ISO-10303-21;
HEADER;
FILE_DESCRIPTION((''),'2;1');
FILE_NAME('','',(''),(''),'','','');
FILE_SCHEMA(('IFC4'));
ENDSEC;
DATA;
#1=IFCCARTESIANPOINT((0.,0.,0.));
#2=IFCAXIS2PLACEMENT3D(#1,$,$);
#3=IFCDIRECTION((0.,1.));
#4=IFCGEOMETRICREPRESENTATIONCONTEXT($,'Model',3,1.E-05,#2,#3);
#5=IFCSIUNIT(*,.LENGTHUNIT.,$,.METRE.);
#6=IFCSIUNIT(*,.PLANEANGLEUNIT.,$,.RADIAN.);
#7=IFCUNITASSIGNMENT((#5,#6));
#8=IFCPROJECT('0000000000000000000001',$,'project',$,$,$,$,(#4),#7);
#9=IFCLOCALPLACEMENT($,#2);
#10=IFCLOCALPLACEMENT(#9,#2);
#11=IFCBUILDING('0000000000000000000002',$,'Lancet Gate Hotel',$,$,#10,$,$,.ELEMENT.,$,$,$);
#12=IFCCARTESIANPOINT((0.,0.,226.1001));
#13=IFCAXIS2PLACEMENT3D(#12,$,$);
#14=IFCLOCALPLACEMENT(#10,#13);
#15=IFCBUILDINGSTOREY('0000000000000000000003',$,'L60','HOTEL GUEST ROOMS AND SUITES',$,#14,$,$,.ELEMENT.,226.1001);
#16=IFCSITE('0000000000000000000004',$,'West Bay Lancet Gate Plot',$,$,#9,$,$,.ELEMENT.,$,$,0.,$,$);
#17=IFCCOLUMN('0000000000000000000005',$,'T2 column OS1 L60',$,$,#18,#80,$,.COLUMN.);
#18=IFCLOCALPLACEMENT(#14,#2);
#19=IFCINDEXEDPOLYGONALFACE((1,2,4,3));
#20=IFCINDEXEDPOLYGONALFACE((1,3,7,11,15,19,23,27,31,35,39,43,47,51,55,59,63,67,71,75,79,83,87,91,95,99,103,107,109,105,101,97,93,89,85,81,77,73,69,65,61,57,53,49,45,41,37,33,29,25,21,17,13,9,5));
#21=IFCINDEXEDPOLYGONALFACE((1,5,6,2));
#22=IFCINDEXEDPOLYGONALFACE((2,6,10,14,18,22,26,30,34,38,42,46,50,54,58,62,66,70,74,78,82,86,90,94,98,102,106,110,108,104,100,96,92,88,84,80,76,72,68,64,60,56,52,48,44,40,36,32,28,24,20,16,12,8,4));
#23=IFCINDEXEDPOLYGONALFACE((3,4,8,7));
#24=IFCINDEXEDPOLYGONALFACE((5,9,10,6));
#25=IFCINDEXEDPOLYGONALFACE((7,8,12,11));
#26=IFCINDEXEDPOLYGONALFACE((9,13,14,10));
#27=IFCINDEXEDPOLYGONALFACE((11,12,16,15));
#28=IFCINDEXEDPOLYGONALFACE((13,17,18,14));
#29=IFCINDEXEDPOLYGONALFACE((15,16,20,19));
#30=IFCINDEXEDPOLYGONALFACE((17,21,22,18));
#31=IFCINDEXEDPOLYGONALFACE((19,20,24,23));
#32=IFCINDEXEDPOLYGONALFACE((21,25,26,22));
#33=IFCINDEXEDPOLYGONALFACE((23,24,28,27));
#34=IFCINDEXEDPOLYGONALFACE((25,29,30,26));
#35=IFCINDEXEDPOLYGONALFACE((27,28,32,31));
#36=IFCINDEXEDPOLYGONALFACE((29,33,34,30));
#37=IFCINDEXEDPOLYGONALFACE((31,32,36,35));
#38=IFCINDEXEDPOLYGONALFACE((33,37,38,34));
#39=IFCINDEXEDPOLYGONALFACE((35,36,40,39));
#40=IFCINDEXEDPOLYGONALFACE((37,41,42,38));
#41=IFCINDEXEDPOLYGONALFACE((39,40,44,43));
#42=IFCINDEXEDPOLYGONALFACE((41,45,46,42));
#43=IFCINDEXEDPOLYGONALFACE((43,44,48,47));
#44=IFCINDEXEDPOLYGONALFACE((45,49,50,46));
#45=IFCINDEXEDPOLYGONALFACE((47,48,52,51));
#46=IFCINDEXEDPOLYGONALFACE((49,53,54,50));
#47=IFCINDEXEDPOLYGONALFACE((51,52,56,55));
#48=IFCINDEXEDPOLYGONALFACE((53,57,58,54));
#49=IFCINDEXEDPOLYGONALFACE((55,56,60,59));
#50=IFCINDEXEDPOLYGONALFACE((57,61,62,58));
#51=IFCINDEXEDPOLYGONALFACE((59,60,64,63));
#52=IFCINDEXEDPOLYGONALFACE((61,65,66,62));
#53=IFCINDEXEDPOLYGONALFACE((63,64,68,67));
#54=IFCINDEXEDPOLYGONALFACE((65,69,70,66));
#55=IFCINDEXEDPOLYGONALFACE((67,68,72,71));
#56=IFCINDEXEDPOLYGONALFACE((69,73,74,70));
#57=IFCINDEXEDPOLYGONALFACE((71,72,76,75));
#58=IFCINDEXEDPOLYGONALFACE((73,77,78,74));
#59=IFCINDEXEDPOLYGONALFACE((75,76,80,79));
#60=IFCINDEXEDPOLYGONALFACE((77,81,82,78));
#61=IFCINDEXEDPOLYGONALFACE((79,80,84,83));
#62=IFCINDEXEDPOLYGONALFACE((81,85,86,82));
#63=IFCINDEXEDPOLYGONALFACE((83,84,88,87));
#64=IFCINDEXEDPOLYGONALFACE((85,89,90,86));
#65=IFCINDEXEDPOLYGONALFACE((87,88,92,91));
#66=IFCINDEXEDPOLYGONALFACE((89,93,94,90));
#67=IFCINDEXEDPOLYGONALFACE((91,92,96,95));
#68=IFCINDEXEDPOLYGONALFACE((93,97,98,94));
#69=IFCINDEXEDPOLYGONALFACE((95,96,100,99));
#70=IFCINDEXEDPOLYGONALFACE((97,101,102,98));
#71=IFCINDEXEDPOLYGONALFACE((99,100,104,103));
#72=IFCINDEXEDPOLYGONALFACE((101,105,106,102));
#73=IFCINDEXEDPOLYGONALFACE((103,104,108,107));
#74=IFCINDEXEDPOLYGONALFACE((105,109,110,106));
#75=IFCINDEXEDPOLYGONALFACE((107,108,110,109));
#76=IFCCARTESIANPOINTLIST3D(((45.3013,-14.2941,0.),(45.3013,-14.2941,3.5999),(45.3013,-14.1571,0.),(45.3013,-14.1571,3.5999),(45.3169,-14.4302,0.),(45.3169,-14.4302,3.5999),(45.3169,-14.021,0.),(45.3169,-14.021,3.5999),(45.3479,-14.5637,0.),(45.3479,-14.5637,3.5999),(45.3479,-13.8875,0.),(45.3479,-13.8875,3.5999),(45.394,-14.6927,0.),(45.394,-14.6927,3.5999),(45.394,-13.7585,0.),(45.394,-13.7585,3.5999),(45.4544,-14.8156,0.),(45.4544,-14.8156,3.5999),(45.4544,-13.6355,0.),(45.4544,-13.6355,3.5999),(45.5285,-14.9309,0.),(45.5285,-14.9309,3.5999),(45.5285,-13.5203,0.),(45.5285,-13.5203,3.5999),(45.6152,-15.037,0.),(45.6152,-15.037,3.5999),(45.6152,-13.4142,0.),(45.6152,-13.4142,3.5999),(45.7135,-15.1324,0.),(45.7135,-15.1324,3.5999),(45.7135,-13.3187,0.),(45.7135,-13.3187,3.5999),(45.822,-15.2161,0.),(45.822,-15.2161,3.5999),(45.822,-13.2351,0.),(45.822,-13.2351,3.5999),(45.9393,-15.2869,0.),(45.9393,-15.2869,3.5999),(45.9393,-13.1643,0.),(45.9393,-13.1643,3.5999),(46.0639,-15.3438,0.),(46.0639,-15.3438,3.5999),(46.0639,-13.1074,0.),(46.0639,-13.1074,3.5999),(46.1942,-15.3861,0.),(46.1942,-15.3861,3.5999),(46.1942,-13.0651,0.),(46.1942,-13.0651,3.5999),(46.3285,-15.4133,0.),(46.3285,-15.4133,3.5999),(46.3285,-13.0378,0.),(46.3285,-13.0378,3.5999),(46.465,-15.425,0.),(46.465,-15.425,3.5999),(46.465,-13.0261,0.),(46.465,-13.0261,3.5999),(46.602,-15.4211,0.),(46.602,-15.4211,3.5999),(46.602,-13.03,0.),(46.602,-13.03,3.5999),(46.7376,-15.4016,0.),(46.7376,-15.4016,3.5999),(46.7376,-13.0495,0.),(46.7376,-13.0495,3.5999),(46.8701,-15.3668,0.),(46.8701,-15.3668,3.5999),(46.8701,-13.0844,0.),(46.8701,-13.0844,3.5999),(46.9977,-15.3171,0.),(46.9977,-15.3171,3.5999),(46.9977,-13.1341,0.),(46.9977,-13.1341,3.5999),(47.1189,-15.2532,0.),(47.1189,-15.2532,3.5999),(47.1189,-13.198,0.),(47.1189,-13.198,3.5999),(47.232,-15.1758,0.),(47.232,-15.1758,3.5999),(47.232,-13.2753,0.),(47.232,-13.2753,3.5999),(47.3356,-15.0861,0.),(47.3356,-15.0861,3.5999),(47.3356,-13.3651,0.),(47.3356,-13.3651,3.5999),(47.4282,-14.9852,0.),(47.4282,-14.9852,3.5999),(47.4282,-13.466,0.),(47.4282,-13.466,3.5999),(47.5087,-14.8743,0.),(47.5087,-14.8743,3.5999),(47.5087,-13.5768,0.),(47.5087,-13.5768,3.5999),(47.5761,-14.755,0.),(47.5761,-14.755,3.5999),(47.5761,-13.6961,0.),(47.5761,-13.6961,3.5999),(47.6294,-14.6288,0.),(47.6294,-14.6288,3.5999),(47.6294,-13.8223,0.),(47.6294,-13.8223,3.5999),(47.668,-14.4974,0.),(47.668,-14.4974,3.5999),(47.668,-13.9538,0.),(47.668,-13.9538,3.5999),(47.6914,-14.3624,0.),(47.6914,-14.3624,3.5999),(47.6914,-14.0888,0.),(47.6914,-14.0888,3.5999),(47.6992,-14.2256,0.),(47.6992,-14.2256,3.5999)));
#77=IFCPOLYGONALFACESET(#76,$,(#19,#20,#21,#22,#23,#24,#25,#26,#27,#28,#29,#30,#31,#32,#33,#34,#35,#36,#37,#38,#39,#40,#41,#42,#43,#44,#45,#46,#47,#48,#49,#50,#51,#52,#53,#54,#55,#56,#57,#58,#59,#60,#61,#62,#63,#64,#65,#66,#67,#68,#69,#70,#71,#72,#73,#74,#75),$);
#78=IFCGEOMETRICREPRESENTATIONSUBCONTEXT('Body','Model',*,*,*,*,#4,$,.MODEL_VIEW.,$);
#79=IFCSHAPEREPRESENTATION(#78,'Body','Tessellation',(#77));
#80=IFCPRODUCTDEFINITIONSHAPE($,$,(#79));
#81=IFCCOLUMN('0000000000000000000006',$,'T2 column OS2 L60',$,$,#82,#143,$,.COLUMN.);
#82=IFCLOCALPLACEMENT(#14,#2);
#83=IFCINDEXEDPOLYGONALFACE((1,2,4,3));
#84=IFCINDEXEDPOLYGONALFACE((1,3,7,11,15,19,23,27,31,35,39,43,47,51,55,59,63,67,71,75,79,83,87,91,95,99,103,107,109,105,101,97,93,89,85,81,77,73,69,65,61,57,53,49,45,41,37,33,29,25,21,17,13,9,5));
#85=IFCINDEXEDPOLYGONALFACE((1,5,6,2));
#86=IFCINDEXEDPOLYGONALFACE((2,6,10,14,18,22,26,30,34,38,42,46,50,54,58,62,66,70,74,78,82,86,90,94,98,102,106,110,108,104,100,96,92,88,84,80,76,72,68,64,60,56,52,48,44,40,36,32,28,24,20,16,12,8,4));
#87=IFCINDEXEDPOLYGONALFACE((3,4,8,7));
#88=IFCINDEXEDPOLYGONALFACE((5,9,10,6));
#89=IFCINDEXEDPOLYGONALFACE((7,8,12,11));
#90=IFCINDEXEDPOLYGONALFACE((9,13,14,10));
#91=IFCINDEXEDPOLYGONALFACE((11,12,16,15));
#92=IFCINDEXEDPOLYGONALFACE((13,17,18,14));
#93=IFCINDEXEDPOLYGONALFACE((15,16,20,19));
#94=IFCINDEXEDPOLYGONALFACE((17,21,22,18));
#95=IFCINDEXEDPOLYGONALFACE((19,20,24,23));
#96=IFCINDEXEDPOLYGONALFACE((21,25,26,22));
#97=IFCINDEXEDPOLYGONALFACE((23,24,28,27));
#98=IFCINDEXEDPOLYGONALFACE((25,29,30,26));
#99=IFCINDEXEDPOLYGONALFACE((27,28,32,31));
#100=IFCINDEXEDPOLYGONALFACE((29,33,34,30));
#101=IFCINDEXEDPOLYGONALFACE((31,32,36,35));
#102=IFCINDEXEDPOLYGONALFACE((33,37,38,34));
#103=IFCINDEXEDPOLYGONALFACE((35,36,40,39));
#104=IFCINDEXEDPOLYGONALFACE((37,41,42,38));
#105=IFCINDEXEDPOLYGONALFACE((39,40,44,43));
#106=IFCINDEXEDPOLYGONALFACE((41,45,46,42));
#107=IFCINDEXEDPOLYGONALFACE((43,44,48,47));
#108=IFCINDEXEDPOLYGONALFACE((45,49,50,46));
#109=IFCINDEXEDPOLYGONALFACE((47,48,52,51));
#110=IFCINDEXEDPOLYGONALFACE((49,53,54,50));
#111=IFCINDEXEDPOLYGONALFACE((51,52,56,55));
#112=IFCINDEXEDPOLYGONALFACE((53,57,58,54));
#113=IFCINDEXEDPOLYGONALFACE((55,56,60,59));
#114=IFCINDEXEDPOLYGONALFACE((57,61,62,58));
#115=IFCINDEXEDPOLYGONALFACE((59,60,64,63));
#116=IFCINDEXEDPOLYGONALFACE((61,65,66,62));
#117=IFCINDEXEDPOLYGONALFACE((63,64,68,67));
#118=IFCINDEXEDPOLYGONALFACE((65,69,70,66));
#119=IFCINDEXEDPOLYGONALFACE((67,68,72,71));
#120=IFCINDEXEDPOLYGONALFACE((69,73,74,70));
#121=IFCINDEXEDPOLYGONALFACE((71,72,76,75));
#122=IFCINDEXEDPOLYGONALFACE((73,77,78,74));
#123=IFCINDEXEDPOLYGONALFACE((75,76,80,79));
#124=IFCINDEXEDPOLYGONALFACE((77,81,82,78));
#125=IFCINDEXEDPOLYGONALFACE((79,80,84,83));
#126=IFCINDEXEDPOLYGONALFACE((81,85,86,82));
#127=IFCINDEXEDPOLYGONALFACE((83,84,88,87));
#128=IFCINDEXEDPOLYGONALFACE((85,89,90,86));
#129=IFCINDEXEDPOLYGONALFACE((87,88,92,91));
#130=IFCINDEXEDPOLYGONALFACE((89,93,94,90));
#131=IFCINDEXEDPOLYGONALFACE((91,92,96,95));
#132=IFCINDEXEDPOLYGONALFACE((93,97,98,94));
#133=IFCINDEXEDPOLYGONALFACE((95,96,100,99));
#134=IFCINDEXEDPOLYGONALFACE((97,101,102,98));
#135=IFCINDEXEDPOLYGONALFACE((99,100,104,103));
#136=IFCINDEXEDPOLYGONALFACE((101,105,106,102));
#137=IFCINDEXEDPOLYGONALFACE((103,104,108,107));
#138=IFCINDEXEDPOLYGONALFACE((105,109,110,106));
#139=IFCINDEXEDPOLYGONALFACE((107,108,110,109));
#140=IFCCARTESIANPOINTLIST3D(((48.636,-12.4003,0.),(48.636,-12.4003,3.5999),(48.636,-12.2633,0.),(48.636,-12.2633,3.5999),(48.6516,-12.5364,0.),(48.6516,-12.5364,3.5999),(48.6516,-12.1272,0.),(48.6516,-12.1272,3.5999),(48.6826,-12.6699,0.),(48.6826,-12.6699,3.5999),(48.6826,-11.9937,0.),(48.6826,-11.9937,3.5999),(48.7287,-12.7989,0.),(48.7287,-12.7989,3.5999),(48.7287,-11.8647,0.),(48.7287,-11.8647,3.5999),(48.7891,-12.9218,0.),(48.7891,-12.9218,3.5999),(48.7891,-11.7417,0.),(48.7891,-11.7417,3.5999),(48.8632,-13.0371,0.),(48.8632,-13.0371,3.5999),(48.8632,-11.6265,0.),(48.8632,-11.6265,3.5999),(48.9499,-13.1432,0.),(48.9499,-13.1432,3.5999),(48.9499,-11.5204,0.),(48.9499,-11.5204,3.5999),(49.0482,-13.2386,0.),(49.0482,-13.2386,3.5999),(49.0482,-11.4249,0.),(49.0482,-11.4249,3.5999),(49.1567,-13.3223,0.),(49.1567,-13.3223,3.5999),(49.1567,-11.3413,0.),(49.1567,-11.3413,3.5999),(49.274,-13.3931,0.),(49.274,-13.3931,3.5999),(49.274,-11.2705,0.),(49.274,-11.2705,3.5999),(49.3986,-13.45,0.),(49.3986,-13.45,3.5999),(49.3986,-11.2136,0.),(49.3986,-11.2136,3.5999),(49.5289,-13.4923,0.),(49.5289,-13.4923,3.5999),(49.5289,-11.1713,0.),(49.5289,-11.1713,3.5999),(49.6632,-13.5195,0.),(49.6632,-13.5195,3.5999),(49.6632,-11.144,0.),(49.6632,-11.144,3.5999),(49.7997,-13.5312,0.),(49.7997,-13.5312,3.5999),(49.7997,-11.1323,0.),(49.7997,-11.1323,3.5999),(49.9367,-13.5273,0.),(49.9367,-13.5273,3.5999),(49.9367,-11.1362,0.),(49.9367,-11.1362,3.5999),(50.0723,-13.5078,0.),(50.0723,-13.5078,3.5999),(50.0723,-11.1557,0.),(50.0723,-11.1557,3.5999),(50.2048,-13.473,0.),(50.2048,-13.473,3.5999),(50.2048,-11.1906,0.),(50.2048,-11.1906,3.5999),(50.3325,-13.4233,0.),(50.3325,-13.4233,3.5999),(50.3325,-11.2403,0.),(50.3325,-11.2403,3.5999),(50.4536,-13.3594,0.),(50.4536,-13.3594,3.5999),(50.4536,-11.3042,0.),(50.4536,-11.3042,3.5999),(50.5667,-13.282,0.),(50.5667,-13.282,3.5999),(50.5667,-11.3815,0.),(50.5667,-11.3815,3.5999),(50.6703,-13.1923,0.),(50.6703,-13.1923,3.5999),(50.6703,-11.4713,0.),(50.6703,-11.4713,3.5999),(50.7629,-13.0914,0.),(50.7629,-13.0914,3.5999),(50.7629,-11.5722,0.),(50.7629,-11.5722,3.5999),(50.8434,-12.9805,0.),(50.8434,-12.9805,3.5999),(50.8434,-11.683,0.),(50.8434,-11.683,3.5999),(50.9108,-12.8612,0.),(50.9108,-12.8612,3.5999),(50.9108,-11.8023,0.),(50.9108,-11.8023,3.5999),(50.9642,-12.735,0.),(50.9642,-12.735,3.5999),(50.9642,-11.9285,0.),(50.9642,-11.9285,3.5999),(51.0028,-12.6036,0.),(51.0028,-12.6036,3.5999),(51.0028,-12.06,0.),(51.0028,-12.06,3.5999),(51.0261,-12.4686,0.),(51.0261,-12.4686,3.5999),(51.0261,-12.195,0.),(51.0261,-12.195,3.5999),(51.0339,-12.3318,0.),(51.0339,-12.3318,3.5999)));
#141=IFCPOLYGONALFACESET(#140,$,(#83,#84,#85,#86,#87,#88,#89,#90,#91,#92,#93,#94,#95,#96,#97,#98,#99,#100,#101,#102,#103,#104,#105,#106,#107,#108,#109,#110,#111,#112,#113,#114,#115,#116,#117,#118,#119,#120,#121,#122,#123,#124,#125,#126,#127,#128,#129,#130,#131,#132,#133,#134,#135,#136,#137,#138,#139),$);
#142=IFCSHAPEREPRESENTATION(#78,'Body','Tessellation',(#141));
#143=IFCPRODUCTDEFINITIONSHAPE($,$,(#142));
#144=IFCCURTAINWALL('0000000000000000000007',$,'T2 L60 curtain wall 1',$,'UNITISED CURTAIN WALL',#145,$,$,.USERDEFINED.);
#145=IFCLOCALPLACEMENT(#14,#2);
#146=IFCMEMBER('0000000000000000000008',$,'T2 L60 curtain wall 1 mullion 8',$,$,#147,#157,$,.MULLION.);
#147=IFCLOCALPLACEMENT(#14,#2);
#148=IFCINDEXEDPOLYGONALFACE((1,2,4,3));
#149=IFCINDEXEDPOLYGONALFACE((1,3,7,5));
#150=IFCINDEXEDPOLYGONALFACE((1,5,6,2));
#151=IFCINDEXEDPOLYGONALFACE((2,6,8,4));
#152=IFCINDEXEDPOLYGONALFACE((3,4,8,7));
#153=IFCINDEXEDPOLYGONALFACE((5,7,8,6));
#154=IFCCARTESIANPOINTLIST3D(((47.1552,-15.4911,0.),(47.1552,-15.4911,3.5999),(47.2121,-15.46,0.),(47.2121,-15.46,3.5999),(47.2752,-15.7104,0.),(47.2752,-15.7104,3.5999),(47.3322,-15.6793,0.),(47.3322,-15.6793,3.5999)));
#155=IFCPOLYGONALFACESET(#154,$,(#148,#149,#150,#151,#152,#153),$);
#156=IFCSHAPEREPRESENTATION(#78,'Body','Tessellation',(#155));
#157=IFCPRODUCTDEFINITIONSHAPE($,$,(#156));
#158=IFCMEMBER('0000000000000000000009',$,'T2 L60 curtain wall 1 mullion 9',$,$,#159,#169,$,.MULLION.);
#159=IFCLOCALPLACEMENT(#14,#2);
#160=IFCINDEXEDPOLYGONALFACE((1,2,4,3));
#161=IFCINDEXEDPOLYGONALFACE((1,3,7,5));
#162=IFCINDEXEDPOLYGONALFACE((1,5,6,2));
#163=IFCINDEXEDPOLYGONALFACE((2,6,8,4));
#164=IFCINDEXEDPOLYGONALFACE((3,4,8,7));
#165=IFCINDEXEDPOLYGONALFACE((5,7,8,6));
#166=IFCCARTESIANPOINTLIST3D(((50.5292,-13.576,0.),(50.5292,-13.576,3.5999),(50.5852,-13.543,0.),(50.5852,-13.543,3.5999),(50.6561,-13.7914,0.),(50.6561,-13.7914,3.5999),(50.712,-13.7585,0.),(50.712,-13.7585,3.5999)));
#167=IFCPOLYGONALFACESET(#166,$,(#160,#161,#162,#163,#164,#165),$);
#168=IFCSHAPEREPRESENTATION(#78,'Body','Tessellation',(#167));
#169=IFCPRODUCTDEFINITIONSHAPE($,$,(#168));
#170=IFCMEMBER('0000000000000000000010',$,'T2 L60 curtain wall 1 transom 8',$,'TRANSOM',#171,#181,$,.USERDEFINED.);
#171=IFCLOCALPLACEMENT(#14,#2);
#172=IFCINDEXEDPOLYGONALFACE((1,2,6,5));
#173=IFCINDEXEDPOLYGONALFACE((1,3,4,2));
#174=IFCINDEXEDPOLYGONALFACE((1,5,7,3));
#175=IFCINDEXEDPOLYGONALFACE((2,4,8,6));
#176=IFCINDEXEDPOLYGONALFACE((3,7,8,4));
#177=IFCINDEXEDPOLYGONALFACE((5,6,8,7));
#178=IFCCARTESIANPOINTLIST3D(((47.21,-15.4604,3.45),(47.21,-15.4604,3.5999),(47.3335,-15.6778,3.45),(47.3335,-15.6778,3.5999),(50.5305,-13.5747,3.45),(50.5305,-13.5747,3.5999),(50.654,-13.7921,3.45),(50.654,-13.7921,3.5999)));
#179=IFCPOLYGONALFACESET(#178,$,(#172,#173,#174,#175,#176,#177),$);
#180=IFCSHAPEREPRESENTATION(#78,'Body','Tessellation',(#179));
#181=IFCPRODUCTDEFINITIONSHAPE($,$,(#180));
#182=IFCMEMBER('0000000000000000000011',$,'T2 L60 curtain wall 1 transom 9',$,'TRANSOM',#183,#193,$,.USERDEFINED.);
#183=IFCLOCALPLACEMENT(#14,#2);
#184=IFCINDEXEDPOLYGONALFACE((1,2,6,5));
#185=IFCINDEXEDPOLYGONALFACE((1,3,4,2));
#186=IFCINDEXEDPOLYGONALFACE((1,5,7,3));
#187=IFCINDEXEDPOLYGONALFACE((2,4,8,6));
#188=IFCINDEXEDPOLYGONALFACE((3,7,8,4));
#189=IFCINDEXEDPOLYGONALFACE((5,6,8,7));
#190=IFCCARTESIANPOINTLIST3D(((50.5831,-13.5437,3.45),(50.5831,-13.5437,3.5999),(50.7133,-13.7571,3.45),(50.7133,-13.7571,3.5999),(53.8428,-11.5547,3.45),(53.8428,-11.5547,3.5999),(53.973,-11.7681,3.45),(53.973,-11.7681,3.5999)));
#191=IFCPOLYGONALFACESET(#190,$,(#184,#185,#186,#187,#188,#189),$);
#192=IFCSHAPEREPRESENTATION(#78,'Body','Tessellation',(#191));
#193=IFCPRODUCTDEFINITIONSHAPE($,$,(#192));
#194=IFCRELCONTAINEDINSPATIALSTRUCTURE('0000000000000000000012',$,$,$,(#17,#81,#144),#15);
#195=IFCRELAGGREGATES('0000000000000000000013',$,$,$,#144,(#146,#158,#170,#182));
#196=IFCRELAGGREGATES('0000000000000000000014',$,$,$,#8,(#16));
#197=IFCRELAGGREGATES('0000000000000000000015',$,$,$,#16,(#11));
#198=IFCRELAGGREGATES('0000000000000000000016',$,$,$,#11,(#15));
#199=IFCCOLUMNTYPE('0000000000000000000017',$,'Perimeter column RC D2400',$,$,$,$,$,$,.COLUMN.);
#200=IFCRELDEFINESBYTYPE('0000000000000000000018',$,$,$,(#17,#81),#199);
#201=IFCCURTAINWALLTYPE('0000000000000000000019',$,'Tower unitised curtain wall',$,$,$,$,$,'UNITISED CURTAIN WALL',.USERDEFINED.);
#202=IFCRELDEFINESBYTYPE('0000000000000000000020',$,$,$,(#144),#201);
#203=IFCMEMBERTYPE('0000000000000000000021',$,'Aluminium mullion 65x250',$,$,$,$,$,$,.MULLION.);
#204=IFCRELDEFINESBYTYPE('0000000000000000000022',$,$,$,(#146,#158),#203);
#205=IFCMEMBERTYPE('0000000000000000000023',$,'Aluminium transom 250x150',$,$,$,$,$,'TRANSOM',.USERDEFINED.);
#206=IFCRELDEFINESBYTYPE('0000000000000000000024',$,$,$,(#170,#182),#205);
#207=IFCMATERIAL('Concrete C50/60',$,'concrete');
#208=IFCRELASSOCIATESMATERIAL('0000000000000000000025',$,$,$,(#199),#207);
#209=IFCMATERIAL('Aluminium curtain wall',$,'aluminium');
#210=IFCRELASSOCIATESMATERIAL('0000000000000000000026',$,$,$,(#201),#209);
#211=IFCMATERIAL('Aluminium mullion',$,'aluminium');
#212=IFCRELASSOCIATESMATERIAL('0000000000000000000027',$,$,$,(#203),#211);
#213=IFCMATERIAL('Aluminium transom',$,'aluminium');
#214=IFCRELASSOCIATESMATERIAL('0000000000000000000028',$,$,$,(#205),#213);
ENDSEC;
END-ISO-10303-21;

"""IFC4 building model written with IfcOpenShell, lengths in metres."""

from ifc_helpers import new_model, si_unit, direction, frame, origin, origin_2d, place, context, subcontext, project, spatial, rectangle, circle, extrude, material, material_profile, profile_set, type_object, element, aggregate, save


model = new_model("IFC4")

# Units and contexts
model_context = context("Model", 3, precision=1e-05, world=origin(), true_north=direction((0.0, 1.0)))
body_context = subcontext(model_context, "Body", "Model", "MODEL_VIEW")
ifc_project = project(units=[si_unit("LENGTHUNIT", "METRE"), si_unit("PLANEANGLEUNIT", "RADIAN")], contexts=[model_context])

# Site, building, storey
site_placement = place(None, origin())
site = spatial("IfcSite", under=ifc_project, at=site_placement, Name="West Bay Lancet Gate Plot", CompositionType="ELEMENT", RefElevation=0.0)
building_placement = place(site_placement, origin())
building = spatial("IfcBuilding", under=site, at=building_placement, Name="Lancet Gate Hotel", CompositionType="ELEMENT")
storey_placement = place(building_placement, frame((0.0, 0.0, 226.1001)))
storey = spatial("IfcBuildingStorey", under=building, at=storey_placement, Name="L60", Description="HOTEL GUEST ROOMS AND SUITES", CompositionType="ELEMENT", Elevation=226.1001)

# Columns
ifc_material_1 = material(Name="Concrete C50/60", Category="concrete")
ifc_material_profile_1 = material_profile(ifc_material_1, circle(Radius=1.2, at=origin_2d()), Name="RC D2400")
ifc_profile_set_1 = profile_set([ifc_material_profile_1], Name="Concrete C50/60")
column_type = type_object("IfcColumnType", Name="Perimeter column RC D2400", PredefinedType="COLUMN", material=ifc_profile_set_1)
for number, where, z_axis, x_axis, name in (
    (1, (46.4993, -14.2256, 0.0), (0.0, 0.0, 1.0), (1.0, 0.0, 0.0), "T2 column OS1 L60"),
    (2, (49.834, -12.3318, 0.0), (0.0, 0.0, 1.0), (1.0, 0.0, 0.0), "T2 column OS2 L60"),
):
    element("IfcColumn", number, at=place(storey_placement, frame(where, z_axis=z_axis, x_axis=x_axis)), inside=storey, type_object=column_type, Name=name, PredefinedType="COLUMN", context=body_context, shape_type="SweptSolid", body=[
        extrude(circle(Radius=1.2, at=origin_2d()), origin(), (0.0, 0.0, 1.0), 3.5999),
    ])

# Curtain wall, members
ifc_material_2 = material(Name="Aluminium curtain wall", Category="aluminium")
curtain_wall_type = type_object("IfcCurtainWallType", Name="Tower unitised curtain wall", ElementType="UNITISED CURTAIN WALL", PredefinedType="USERDEFINED", material=ifc_material_2)
curtain_wall_placement = place(storey_placement, origin())
curtain_wall = element("IfcCurtainWall", 3, at=curtain_wall_placement, inside=storey, type_object=curtain_wall_type, Name="T2 L60 curtain wall 1", ObjectType="UNITISED CURTAIN WALL", PredefinedType="USERDEFINED")
ifc_material_3 = material(Name="Aluminium mullion", Category="aluminium")
ifc_material_profile_2 = material_profile(ifc_material_3, rectangle(XDim=0.0649, YDim=0.25, at=origin_2d()), Name="MULLION 65x250")
ifc_profile_set_2 = profile_set([ifc_material_profile_2], Name="Aluminium mullion")
member_type_1 = type_object("IfcMemberType", Name="Aluminium mullion 65x250", PredefinedType="MULLION", material=ifc_profile_set_2)
member_1_placement = place(storey_placement, frame((47.2437, -15.5852, 0.0), z_axis=(0.0, 0.0, 1.0), x_axis=(0.877195, 0.480135, 0.0)))
member_1 = element("IfcMember", 4, at=member_1_placement, type_object=member_type_1, Name="T2 L60 curtain wall 1 mullion 8", PredefinedType="MULLION", context=body_context, shape_type="SweptSolid", body=[
    extrude(rectangle(XDim=0.0649, YDim=0.25, at=origin_2d()), origin(), (0.0, 0.0, 1.0), 3.5999),
])
member_2_placement = place(storey_placement, frame((50.6206, -13.6672, 0.0), z_axis=(0.0, 0.0, 1.0), x_axis=(0.861692, 0.507432, 0.0)))
member_2 = element("IfcMember", 5, at=member_2_placement, type_object=member_type_1, Name="T2 L60 curtain wall 1 mullion 9", PredefinedType="MULLION", context=body_context, shape_type="SweptSolid", body=[
    extrude(rectangle(XDim=0.0649, YDim=0.25, at=origin_2d()), origin(), (0.0, 0.0, 1.0), 3.5999),
])
ifc_material_4 = material(Name="Aluminium transom", Category="aluminium")
ifc_material_profile_3 = material_profile(ifc_material_4, rectangle(XDim=0.25, YDim=0.1499, at=origin_2d()), Name="TRANSOM 250x150")
ifc_profile_set_3 = profile_set([ifc_material_profile_3], Name="Aluminium transom")
member_type_2 = type_object("IfcMemberType", Name="Aluminium transom 250x150", ElementType="TRANSOM", PredefinedType="USERDEFINED", material=ifc_profile_set_3)
member_3_placement = place(storey_placement, frame((47.2717, -15.5691, 3.5249), z_axis=(0.869562, 0.493824, 0.0), x_axis=(-0.493824, 0.869562, 0.0)))
member_3 = element("IfcMember", 6, at=member_3_placement, type_object=member_type_2, Name="T2 L60 curtain wall 1 transom 8", ObjectType="TRANSOM", PredefinedType="USERDEFINED", context=body_context, shape_type="SweptSolid", body=[
    extrude(rectangle(XDim=0.25, YDim=0.1499, at=origin_2d()), origin(), (0.0, 0.0, 1.0), 3.8186),
])
member_4_placement = place(storey_placement, frame((50.6482, -13.6504, 3.5249), z_axis=(0.853639, 0.520865, 0.0), x_axis=(-0.520865, 0.853639, 0.0)))
member_4 = element("IfcMember", 7, at=member_4_placement, type_object=member_type_2, Name="T2 L60 curtain wall 1 transom 9", ObjectType="TRANSOM", PredefinedType="USERDEFINED", context=body_context, shape_type="SweptSolid", body=[
    extrude(rectangle(XDim=0.25, YDim=0.1499, at=origin_2d()), origin(), (0.0, 0.0, 1.0), 3.8186),
])

aggregate(curtain_wall, [member_1, member_2, member_3, member_4])

save(model, "model.ifc")
